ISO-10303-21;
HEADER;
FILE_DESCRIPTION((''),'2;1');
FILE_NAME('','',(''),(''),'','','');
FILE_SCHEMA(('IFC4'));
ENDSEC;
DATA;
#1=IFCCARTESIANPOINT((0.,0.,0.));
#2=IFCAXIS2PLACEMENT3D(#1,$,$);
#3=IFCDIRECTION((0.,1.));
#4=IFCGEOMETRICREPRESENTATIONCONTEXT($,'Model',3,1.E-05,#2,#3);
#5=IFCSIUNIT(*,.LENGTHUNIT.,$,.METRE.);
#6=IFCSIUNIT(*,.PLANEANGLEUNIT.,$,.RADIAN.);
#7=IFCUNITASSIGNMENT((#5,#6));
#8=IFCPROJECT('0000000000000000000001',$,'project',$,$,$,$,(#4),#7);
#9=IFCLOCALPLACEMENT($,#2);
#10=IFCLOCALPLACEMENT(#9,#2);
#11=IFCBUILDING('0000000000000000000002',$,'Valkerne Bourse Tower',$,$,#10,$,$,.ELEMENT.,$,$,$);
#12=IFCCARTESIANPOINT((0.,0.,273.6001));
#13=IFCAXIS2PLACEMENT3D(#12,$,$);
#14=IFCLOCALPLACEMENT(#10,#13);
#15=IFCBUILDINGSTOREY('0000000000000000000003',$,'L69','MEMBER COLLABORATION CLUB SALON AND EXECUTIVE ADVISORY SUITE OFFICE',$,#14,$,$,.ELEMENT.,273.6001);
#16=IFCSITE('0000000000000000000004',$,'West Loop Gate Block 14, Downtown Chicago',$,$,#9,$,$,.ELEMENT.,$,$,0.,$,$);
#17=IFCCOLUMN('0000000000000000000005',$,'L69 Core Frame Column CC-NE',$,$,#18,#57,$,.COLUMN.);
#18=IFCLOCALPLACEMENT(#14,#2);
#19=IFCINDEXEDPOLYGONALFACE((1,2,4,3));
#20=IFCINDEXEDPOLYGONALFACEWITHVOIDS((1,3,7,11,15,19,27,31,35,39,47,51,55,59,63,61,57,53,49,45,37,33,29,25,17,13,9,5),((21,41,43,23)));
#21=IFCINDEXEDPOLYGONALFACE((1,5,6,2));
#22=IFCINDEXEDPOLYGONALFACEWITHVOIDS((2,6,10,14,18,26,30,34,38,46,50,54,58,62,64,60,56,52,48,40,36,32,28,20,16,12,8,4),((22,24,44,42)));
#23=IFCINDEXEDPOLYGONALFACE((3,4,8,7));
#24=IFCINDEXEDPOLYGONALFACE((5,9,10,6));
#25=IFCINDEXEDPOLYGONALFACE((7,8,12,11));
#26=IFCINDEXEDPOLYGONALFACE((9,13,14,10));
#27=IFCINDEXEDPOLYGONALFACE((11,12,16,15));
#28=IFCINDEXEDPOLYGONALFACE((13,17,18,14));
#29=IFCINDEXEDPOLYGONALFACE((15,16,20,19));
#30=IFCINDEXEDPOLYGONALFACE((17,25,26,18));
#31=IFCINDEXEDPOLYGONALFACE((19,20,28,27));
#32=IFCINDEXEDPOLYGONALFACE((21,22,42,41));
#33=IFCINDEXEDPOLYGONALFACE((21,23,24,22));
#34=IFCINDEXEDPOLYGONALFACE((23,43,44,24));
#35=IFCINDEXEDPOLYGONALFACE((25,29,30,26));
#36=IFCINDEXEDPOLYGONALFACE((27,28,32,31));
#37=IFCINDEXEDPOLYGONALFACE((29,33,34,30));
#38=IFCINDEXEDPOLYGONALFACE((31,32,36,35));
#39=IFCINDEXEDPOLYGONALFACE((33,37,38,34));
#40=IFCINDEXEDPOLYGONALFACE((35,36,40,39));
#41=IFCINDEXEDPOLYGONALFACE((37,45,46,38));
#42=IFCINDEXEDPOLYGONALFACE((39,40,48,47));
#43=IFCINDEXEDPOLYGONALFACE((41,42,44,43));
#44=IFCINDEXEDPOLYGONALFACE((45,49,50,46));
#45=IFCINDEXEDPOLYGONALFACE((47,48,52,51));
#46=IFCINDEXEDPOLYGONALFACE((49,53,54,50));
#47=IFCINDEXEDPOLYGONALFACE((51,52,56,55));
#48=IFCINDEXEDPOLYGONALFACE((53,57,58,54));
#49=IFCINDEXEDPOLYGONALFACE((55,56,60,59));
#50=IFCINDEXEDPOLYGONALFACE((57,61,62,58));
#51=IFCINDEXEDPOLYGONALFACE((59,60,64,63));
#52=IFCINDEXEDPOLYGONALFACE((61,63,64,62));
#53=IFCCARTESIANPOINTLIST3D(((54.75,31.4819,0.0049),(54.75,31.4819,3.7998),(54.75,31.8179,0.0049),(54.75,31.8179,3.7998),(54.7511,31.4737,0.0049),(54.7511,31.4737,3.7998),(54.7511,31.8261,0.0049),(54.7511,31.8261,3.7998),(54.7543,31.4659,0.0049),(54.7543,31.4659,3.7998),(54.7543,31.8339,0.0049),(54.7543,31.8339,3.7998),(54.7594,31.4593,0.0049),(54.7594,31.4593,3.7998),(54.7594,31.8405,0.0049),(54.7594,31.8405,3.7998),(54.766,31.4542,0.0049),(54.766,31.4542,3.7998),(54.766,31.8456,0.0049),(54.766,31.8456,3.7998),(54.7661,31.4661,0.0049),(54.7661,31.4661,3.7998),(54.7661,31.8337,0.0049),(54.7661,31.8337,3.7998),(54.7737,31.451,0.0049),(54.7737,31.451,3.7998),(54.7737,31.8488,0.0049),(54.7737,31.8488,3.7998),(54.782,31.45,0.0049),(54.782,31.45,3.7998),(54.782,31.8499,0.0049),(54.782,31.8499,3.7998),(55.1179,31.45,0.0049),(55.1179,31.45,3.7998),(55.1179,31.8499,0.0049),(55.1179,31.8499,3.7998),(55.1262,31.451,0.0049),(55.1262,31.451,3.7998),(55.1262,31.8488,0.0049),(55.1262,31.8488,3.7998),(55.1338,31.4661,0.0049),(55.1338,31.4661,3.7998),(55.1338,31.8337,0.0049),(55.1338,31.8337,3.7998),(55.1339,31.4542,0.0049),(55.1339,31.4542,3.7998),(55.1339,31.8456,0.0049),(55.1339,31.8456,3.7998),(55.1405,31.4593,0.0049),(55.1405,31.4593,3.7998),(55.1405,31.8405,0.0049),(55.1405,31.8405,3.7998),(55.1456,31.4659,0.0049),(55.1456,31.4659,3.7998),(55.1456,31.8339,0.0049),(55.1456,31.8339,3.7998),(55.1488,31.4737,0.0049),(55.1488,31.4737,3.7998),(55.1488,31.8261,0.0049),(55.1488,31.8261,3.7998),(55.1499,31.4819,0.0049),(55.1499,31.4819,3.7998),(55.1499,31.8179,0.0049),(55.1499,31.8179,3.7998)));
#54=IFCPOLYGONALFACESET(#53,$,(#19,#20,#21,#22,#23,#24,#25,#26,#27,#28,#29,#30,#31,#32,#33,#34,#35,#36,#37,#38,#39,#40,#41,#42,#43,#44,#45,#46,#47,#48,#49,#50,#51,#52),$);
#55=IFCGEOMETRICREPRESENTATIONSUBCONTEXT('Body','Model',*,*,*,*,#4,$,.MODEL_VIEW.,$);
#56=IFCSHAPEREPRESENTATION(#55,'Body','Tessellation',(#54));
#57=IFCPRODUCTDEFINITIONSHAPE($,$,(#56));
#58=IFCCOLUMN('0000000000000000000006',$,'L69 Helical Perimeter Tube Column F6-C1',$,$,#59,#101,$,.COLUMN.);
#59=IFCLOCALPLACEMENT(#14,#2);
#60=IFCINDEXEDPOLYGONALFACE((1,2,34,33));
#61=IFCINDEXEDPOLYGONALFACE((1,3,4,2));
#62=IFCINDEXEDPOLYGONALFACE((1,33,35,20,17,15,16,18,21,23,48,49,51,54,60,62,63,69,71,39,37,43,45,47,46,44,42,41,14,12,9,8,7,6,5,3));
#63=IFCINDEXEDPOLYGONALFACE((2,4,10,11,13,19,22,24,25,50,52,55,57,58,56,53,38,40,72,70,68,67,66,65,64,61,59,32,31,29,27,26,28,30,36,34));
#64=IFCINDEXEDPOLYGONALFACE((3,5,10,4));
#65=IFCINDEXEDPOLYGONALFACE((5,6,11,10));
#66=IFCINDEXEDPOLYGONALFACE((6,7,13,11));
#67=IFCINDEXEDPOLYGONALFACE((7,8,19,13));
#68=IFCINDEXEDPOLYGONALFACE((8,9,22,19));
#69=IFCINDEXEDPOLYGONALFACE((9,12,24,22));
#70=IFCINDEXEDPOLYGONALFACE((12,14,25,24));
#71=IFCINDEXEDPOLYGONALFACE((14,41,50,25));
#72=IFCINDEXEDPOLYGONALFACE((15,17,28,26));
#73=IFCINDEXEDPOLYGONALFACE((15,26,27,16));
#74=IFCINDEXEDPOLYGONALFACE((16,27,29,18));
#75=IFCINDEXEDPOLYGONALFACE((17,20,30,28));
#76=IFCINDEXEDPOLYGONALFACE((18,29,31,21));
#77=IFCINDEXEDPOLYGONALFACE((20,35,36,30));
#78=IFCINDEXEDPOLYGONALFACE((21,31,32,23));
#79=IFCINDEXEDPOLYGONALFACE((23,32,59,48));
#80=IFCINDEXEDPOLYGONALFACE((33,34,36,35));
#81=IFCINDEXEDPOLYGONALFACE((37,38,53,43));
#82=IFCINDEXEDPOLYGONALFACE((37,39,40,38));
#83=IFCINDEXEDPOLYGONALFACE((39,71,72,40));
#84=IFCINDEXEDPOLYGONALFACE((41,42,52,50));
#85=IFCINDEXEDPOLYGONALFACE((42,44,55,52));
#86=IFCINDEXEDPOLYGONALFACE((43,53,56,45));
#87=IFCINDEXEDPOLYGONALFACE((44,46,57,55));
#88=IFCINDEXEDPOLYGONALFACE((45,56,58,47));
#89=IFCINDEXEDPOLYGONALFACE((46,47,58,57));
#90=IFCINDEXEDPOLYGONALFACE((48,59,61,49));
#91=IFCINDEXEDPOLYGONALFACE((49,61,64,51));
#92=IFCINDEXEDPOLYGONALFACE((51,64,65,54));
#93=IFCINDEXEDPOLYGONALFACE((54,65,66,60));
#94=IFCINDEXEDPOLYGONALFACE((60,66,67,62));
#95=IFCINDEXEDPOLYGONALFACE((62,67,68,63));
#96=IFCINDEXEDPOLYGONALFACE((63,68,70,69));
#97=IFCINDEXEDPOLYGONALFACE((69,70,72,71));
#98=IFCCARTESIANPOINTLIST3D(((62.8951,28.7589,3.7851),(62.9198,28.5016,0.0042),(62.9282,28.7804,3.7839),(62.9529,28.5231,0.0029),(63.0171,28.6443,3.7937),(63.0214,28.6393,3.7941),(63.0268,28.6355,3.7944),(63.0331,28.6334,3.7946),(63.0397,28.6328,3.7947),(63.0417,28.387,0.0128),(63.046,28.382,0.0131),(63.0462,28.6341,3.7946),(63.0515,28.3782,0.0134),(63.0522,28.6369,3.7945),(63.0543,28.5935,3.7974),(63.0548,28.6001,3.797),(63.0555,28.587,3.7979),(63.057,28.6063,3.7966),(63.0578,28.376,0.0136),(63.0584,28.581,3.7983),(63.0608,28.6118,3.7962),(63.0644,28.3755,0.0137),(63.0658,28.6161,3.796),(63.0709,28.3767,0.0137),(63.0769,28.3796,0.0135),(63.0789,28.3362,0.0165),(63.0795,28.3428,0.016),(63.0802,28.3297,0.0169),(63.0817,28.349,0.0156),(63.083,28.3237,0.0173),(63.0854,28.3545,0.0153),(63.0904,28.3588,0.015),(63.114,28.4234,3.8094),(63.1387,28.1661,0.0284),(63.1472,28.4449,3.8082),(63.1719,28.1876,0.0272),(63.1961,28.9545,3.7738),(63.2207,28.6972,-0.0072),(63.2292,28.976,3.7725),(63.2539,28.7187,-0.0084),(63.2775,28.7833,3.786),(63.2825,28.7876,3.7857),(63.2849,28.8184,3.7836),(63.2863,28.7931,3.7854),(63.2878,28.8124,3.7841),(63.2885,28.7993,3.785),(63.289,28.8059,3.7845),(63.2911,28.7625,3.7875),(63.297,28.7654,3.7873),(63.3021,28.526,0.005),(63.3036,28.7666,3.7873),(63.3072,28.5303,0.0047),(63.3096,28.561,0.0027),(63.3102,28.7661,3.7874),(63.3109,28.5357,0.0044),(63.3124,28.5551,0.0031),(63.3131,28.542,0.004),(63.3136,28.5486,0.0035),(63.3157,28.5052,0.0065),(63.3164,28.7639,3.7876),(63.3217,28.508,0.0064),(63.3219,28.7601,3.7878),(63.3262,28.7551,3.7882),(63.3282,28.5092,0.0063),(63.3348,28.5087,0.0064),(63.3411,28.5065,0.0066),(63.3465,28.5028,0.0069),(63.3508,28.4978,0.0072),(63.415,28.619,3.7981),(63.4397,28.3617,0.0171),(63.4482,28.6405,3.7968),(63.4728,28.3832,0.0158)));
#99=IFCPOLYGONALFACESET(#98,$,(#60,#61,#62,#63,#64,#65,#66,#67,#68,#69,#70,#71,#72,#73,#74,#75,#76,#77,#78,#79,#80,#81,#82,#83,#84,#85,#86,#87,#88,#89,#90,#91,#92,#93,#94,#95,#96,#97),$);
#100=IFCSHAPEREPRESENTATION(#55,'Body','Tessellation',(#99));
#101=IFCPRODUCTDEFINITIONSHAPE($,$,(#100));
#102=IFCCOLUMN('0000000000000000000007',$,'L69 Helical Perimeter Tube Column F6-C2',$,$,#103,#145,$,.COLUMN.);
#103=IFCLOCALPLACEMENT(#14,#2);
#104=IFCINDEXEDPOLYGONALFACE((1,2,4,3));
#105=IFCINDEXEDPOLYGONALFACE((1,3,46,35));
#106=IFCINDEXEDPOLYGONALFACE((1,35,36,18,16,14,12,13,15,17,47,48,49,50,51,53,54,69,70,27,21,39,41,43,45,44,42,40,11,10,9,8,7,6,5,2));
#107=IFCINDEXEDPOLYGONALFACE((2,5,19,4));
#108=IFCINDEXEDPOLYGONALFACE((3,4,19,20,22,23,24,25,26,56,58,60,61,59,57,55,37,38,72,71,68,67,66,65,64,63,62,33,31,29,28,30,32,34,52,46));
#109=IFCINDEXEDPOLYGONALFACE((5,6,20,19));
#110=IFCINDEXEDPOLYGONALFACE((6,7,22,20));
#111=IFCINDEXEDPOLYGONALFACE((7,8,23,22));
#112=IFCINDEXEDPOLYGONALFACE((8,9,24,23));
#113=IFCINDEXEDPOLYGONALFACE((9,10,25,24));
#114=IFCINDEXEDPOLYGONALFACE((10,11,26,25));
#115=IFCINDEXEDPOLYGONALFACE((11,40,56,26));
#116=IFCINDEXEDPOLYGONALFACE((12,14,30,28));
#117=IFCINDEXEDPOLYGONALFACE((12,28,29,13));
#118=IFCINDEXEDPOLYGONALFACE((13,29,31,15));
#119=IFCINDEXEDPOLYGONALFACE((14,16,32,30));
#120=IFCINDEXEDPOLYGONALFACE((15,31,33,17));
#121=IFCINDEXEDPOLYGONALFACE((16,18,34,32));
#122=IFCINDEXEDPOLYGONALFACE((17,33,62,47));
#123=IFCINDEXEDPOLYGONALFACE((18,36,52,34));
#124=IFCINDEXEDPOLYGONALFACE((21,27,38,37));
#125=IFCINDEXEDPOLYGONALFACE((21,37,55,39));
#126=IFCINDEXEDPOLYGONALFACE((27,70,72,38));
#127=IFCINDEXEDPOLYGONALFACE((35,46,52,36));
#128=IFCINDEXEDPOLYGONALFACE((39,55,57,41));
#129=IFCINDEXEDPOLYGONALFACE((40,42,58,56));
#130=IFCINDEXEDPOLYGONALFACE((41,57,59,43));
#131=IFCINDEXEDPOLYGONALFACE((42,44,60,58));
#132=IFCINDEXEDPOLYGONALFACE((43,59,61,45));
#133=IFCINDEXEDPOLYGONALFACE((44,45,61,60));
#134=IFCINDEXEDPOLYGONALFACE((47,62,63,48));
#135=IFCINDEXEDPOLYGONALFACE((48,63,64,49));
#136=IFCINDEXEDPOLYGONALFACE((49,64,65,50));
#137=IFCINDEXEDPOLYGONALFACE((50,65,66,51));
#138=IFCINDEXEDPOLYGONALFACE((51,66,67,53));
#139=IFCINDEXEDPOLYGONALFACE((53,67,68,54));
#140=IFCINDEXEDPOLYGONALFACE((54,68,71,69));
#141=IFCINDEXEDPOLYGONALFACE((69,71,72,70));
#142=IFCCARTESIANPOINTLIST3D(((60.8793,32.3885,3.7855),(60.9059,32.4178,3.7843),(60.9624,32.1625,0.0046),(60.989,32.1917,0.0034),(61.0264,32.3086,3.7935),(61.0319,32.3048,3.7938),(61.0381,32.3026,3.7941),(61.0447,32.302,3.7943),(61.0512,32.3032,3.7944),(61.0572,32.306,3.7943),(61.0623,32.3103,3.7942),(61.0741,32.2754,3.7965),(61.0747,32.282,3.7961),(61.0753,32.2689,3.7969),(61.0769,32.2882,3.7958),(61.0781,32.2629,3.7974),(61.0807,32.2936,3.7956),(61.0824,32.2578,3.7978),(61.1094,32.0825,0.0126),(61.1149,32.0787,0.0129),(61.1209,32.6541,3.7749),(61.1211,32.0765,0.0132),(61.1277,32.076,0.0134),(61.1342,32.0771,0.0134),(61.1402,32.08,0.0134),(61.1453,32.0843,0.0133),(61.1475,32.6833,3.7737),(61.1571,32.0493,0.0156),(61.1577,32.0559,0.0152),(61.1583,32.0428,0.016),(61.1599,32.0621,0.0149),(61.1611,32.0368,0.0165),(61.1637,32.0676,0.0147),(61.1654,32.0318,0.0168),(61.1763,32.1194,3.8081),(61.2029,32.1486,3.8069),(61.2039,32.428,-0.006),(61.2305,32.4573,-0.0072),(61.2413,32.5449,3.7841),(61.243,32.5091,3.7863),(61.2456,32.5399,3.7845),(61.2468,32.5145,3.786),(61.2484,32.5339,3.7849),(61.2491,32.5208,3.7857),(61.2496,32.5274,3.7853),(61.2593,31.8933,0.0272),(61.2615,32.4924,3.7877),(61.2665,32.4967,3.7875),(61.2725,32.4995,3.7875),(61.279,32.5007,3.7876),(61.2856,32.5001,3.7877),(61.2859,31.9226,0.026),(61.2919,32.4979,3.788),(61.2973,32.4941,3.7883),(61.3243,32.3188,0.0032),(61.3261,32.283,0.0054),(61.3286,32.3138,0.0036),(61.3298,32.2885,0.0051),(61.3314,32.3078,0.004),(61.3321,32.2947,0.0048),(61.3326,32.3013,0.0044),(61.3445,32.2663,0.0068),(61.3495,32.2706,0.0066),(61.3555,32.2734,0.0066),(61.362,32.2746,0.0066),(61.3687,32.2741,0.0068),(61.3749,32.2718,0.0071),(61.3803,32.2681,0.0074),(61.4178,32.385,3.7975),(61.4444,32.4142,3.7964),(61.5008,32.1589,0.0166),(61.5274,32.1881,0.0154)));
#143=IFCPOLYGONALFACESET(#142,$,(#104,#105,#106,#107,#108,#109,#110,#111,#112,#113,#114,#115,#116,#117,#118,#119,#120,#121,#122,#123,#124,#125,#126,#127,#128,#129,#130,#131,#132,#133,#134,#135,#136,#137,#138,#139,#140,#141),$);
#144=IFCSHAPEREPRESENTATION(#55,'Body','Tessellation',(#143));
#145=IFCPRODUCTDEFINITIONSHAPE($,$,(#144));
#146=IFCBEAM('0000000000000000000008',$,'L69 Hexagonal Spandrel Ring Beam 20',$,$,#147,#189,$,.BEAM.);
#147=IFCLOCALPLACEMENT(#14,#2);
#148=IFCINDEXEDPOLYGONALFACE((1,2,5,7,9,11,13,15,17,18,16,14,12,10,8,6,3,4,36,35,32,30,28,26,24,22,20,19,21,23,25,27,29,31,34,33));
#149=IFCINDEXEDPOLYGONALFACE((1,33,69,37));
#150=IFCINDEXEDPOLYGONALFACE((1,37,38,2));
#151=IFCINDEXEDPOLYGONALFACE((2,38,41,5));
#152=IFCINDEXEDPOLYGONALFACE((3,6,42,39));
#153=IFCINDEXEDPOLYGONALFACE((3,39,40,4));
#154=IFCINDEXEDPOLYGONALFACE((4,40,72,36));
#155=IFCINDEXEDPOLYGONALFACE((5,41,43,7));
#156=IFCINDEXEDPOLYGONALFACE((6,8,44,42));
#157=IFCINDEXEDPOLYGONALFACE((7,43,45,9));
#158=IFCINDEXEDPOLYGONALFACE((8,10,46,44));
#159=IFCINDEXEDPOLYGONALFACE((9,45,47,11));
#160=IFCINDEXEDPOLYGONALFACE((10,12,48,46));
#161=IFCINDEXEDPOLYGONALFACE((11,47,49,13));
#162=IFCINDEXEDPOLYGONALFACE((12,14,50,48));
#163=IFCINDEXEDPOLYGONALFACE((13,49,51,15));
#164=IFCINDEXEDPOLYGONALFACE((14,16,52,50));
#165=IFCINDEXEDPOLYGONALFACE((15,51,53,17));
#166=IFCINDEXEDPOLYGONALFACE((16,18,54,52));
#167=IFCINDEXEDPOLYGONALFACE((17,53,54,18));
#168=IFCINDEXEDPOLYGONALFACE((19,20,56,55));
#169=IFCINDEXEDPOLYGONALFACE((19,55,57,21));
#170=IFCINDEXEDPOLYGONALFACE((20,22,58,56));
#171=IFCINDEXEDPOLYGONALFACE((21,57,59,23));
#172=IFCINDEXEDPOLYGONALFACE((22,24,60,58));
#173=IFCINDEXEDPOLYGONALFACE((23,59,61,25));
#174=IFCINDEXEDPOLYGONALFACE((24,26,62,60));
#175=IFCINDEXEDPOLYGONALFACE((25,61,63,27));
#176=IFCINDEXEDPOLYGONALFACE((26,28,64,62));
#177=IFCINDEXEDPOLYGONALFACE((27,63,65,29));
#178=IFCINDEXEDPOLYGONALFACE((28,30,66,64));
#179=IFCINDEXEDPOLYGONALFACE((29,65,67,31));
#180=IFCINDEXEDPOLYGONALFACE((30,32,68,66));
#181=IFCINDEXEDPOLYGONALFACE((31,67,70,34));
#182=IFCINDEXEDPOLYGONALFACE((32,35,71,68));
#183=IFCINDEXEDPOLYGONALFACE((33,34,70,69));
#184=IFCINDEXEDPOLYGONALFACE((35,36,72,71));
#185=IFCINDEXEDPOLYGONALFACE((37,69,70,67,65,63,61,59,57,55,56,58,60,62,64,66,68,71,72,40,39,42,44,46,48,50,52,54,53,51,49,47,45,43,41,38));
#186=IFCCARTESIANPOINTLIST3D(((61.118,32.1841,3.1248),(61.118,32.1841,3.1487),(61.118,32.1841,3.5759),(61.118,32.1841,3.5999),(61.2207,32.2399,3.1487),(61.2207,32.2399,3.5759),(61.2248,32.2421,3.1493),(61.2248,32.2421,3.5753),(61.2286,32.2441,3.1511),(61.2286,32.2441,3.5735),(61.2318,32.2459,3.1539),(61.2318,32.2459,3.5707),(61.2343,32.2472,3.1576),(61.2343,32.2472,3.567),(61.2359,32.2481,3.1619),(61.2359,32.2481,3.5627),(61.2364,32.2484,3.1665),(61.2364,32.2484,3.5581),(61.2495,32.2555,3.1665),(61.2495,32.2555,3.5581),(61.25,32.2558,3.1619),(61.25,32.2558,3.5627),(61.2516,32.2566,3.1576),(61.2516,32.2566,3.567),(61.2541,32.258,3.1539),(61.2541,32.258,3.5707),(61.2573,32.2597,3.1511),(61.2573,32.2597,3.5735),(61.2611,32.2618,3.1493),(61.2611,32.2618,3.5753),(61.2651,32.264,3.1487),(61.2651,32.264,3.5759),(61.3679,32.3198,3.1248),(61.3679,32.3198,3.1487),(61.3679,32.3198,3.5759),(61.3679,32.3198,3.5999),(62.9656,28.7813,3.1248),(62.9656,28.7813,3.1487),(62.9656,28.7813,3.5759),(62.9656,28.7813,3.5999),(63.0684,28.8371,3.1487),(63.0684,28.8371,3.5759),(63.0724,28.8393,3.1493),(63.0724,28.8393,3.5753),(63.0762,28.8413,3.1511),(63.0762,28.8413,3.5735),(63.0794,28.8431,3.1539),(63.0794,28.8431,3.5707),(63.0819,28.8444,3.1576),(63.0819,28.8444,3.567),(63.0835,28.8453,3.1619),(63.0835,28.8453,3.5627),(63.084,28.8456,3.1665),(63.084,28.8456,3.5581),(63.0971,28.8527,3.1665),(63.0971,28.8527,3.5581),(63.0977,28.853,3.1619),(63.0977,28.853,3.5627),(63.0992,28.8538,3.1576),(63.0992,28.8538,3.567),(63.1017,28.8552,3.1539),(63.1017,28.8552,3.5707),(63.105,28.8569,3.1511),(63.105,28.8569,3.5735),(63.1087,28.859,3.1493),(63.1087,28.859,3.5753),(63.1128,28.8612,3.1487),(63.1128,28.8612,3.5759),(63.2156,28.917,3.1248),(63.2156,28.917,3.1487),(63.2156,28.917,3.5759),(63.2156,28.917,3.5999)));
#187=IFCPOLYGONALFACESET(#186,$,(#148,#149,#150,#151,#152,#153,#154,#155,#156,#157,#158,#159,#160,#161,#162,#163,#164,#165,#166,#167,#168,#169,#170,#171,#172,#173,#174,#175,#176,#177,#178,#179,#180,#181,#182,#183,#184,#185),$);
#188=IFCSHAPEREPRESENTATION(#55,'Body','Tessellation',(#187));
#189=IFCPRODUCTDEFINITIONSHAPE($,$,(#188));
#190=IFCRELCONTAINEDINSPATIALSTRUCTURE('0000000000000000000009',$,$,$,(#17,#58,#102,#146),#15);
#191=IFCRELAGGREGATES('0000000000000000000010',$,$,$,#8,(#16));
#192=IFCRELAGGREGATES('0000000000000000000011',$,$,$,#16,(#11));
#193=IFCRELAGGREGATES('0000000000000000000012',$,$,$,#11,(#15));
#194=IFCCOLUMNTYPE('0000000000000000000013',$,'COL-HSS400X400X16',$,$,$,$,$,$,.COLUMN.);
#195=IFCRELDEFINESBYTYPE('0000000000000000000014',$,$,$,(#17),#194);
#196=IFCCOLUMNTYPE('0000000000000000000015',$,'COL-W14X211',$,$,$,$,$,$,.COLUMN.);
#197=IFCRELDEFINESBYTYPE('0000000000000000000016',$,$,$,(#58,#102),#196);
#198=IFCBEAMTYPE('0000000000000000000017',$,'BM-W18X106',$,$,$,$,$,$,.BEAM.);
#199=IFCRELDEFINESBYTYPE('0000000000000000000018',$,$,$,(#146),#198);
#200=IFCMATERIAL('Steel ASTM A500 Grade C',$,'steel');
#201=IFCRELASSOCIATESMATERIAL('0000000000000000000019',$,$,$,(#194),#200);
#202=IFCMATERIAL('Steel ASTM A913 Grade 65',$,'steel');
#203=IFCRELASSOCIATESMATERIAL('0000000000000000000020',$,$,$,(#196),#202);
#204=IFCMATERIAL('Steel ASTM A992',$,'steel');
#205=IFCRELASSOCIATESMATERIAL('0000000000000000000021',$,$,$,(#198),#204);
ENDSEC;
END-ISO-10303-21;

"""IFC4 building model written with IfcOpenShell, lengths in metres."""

from ifc_helpers import new_model, si_unit, direction, frame, origin, origin_2d, place, context, subcontext, project, spatial, hollow_rectangle, i_section, extrude, material, material_profile, profile_set, type_object, element, save


model = new_model("IFC4")

# Units and contexts
model_context = context("Model", 3, precision=1e-05, world=origin(), true_north=direction((0.0, 1.0)))
body_context = subcontext(model_context, "Body", "Model", "MODEL_VIEW")
ifc_project = project(units=[si_unit("LENGTHUNIT", "METRE"), si_unit("PLANEANGLEUNIT", "RADIAN")], contexts=[model_context])

# Site, building, storey
site_placement = place(None, origin())
site = spatial("IfcSite", under=ifc_project, at=site_placement, Name="West Loop Gate Block 14, Downtown Chicago", CompositionType="ELEMENT", RefElevation=0.0)
building_placement = place(site_placement, origin())
building = spatial("IfcBuilding", under=site, at=building_placement, Name="Valkerne Bourse Tower", CompositionType="ELEMENT")
storey_placement = place(building_placement, frame((0.0, 0.0, 273.6001)))
storey = spatial("IfcBuildingStorey", under=building, at=storey_placement, Name="L69", Description="MEMBER COLLABORATION CLUB SALON AND EXECUTIVE ADVISORY SUITE OFFICE", CompositionType="ELEMENT", Elevation=273.6001)

# Columns
ifc_material_1 = material(Name="Steel ASTM A500 Grade C", Category="steel")
ifc_material_profile_1 = material_profile(ifc_material_1, hollow_rectangle(XDim=0.3999, YDim=0.3999, WallThickness=0.0161, OuterFilletRadius=0.032, at=origin_2d()), Name="HSS400X400X16")
ifc_profile_set_1 = profile_set([ifc_material_profile_1], Name="Steel ASTM A500 Grade C")
column_type_1 = type_object("IfcColumnType", Name="COL-HSS400X400X16", PredefinedType="COLUMN", material=ifc_profile_set_1)
column_1_placement = place(storey_placement, frame((54.95, 31.6499, 0.0049), z_axis=(0.0, 0.0, 1.0), x_axis=(1.0, 0.0, 0.0)))
element("IfcColumn", 1, at=column_1_placement, inside=storey, type_object=column_type_1, Name="L69 Core Frame Column CC-NE", PredefinedType="COLUMN", context=body_context, shape_type="SweptSolid", body=[
    extrude(hollow_rectangle(XDim=0.3999, YDim=0.3999, WallThickness=0.0161, OuterFilletRadius=0.032, at=origin_2d()), origin(), (0.0, 0.0, 1.0), 3.7949),
])
ifc_material_2 = material(Name="Steel ASTM A913 Grade 65", Category="steel")
ifc_material_profile_2 = material_profile(ifc_material_2, i_section(OverallWidth=0.4014, OverallDepth=0.3987, WebThickness=0.0249, FlangeThickness=0.0396, FilletRadius=0.0254, at=origin_2d()), Name="W14X211")
ifc_profile_set_2 = profile_set([ifc_material_profile_2], Name="Steel ASTM A913 Grade 65")
column_type_2 = type_object("IfcColumnType", Name="COL-W14X211", PredefinedType="COLUMN", material=ifc_profile_set_2)
column_2_placement = place(storey_placement, frame((63.1963, 28.4424, 0.01), z_axis=(-0.006506, 0.067899, 0.997671), x_axis=(0.54552, -0.835915, 0.060448)))
element("IfcColumn", 2, at=column_2_placement, inside=storey, type_object=column_type_2, Name="L69 Helical Perimeter Tube Column F6-C1", PredefinedType="COLUMN", context=body_context, shape_type="SweptSolid", body=[
    extrude(i_section(OverallWidth=0.4014, OverallDepth=0.3987, WebThickness=0.0249, FlangeThickness=0.0396, FilletRadius=0.0254, at=origin_2d()), origin(), (0.0, 0.0, 1.0), 3.7898),
])
column_3_placement = place(storey_placement, frame((61.2449, 32.1753, 0.01), z_axis=(-0.021909, 0.059671, 0.997978), x_axis=(0.739738, -0.670533, 0.056333)))
element("IfcColumn", 3, at=column_3_placement, inside=storey, type_object=column_type_2, Name="L69 Helical Perimeter Tube Column F6-C2", PredefinedType="COLUMN", context=body_context, shape_type="SweptSolid", body=[
    extrude(i_section(OverallWidth=0.4014, OverallDepth=0.3987, WebThickness=0.0249, FlangeThickness=0.0396, FilletRadius=0.0254, at=origin_2d()), origin(), (0.0, 0.0, 1.0), 3.7886),
])

# Beam
ifc_material_3 = material(Name="Steel ASTM A992", Category="steel")
ifc_material_profile_3 = material_profile(ifc_material_3, i_section(OverallWidth=0.2844, OverallDepth=0.4751, WebThickness=0.0149, FlangeThickness=0.0239, FilletRadius=0.0178, at=origin_2d()), Name="W18X106")
ifc_profile_set_3 = profile_set([ifc_material_profile_3], Name="Steel ASTM A992")
beam_type_1 = type_object("IfcBeamType", Name="BM-W18X106", PredefinedType="BEAM", material=ifc_profile_set_3)
for number, where, z_axis, x_axis, name in (
    (4, (63.0906, 28.8491, 3.3623), (-0.477173, 0.87881, 0.0), (-0.87881, -0.477173, 0.0), "L69 Hexagonal Spandrel Ring Beam 20"),
):
    element("IfcBeam", number, at=place(storey_placement, frame(where, z_axis=z_axis, x_axis=x_axis)), inside=storey, type_object=beam_type_1, Name=name, PredefinedType="BEAM", context=body_context, shape_type="SweptSolid", body=[
        extrude(i_section(OverallWidth=0.2844, OverallDepth=0.4751, WebThickness=0.0149, FlangeThickness=0.0239, FilletRadius=0.0178, at=origin_2d()), origin(), (0.0, 0.0, 1.0), 3.8721),
    ])

save(model, "model.ifc")
